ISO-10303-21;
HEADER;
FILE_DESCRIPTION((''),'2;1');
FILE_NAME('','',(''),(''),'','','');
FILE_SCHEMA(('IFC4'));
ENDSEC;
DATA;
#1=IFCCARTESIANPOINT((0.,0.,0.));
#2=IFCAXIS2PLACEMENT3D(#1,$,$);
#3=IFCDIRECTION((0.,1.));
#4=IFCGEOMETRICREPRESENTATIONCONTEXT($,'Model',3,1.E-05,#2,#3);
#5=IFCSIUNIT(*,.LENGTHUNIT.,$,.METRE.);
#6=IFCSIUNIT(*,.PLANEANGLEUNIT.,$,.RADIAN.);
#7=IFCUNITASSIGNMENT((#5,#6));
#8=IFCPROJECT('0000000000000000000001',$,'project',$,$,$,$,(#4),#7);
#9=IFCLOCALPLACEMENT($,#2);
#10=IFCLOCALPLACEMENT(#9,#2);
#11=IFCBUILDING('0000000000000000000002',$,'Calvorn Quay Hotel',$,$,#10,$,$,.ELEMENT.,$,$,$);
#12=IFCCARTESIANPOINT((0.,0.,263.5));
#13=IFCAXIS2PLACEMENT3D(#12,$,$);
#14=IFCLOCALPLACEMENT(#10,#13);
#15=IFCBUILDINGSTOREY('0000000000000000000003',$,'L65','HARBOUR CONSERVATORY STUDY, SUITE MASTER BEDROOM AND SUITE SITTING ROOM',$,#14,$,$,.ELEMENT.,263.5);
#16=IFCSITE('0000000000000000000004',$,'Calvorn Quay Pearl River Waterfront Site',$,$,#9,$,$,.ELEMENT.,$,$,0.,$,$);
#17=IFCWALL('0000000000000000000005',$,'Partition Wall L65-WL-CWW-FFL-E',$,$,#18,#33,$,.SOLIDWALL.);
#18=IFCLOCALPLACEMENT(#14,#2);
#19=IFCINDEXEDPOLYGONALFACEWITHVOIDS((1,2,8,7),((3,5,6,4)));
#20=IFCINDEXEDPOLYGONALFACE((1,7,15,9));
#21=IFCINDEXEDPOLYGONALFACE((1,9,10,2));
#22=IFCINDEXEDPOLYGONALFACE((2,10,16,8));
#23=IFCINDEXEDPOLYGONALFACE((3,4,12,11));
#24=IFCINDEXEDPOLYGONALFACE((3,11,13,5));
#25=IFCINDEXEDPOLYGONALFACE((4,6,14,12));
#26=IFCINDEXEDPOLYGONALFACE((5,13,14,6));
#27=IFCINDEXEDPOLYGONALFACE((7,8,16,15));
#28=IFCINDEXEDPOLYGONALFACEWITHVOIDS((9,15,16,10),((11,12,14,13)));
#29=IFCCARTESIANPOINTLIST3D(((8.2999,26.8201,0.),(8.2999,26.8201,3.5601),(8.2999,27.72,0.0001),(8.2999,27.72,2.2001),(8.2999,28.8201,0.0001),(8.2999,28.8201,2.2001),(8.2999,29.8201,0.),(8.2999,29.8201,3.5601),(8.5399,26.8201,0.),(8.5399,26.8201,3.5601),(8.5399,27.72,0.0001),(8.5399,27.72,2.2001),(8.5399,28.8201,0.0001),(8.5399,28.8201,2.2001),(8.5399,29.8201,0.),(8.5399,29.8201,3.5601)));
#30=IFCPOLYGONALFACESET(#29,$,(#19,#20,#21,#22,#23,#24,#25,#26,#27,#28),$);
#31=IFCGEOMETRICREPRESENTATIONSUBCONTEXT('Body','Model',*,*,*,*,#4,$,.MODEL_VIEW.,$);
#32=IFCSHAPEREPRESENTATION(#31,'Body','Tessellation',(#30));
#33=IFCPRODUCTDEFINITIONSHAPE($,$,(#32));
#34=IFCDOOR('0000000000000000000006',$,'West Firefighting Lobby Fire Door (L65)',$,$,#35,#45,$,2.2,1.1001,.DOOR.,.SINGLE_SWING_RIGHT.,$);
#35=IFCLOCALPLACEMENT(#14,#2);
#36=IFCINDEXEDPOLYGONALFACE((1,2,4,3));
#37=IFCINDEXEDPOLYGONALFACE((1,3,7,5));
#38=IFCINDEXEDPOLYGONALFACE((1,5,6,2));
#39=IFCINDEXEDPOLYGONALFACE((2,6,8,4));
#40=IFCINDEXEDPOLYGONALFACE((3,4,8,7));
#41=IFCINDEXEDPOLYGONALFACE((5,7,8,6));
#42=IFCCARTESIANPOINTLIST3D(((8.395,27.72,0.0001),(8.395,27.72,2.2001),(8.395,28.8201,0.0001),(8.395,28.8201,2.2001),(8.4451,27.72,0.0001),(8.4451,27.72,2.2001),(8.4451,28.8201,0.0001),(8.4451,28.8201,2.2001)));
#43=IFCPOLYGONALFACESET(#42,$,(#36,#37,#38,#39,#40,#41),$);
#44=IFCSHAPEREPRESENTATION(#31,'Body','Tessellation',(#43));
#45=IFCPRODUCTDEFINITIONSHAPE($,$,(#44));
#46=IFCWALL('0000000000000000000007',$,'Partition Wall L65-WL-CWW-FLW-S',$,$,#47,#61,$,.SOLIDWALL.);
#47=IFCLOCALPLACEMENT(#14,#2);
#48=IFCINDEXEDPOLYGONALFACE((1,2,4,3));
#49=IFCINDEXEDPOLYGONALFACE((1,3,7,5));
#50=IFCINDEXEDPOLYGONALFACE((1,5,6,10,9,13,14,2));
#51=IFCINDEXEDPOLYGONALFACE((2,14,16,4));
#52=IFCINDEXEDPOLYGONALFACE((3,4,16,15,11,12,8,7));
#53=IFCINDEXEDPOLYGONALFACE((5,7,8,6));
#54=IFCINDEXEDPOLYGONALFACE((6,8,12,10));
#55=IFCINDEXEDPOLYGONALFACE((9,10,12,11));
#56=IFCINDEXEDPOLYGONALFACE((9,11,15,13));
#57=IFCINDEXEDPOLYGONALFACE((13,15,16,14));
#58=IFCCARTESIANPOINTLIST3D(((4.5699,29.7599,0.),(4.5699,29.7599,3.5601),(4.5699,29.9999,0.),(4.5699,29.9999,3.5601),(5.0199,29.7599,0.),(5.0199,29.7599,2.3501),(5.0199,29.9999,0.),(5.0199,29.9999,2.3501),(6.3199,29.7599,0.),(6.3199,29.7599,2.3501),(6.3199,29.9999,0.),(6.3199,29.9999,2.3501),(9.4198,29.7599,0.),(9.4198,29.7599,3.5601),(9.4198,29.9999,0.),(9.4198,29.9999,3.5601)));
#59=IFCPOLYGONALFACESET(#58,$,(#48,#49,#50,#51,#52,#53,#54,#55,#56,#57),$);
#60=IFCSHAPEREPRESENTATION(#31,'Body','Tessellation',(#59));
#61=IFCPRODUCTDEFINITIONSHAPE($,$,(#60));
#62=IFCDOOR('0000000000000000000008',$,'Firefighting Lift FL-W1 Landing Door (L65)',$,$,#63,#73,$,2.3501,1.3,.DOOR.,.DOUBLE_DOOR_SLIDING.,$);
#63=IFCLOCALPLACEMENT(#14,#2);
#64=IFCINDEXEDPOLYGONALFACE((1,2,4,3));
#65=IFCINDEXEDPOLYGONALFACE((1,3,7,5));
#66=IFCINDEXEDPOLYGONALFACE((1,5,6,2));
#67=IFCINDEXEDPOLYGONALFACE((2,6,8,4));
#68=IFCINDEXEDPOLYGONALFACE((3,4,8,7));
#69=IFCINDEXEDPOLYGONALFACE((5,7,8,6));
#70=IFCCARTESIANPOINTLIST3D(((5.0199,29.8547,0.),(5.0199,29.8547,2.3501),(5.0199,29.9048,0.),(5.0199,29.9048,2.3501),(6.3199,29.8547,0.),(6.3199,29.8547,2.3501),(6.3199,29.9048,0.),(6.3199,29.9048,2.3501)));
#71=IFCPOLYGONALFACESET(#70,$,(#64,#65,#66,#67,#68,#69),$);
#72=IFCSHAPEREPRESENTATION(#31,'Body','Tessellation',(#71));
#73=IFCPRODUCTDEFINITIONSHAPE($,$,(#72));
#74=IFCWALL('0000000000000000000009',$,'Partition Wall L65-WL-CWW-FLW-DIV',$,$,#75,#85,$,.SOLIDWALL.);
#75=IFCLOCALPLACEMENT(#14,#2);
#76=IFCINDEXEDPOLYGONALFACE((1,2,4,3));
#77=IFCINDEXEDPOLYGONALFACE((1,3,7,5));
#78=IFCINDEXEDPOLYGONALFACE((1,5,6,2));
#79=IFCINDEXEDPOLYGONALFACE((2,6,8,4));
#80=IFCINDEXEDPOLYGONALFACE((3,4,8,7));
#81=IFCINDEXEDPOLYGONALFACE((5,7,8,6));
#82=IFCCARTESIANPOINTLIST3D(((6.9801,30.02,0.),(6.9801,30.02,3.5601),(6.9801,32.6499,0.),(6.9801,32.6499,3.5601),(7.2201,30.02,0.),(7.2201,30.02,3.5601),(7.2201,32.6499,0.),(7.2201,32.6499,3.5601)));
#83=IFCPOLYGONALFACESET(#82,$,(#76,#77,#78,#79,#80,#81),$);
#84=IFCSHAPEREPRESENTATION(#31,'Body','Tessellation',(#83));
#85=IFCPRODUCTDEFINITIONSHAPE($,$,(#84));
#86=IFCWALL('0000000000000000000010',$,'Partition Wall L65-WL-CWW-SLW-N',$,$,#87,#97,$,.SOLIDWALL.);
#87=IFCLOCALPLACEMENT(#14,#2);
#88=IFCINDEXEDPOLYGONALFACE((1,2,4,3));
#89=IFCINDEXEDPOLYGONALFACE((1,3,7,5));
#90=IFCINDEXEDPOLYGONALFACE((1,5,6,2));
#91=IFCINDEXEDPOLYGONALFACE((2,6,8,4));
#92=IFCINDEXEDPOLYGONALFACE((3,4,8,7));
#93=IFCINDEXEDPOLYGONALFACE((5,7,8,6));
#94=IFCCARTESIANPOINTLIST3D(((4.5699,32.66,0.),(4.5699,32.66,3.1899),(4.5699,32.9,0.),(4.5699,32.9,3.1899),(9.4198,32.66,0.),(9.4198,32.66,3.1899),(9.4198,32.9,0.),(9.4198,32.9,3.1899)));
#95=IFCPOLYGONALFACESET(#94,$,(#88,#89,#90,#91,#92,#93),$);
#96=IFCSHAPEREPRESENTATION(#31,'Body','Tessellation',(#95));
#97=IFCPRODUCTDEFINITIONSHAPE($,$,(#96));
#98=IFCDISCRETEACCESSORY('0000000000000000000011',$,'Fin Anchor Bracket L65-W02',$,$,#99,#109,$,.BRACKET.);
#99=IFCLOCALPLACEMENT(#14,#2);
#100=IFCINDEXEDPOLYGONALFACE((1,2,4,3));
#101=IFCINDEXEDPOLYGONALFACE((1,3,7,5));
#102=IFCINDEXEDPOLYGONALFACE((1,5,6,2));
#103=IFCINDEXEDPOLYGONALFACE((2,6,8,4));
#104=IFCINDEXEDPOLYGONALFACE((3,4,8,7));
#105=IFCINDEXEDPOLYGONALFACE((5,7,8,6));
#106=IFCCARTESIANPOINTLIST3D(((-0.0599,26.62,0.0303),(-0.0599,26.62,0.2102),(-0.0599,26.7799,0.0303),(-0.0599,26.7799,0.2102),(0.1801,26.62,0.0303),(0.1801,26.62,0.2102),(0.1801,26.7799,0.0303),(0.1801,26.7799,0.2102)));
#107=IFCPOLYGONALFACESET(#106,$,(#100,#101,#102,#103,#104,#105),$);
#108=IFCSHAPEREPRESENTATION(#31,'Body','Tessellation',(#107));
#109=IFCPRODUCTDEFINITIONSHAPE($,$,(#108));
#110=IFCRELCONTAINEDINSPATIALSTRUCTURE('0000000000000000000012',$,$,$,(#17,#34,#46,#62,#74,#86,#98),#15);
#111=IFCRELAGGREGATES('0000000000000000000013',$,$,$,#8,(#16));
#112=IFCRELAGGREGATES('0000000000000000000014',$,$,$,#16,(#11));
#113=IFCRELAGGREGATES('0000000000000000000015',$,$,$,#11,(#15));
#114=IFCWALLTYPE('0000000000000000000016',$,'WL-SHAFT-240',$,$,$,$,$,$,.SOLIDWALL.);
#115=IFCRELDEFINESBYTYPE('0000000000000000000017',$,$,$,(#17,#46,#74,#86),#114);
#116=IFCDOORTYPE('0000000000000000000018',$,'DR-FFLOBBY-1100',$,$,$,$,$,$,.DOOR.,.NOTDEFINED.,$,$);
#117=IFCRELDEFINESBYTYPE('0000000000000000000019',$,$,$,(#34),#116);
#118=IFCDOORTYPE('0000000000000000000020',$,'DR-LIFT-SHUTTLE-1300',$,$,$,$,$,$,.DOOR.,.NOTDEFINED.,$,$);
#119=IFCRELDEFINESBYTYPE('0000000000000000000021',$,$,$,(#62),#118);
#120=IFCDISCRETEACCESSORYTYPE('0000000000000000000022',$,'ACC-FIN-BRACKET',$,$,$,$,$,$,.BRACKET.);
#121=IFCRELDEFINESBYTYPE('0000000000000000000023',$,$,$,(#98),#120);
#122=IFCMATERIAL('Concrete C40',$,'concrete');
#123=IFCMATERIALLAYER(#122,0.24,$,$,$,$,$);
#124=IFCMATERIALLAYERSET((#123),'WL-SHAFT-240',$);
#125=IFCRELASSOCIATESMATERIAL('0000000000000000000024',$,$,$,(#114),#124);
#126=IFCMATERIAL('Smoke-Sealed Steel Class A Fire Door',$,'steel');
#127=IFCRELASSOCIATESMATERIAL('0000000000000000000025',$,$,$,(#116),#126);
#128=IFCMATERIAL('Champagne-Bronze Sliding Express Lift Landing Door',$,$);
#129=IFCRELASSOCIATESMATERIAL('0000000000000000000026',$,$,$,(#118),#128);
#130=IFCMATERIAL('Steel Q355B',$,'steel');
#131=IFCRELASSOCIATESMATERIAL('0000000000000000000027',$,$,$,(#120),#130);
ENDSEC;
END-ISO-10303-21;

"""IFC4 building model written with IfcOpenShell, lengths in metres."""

from ifc_helpers import new_model, si_unit, direction, frame, frame_2d, origin, origin_2d, place, context, subcontext, project, spatial, rectangle, extrude, material, layer, layer_set, type_object, element, fill, save


model = new_model("IFC4")

# Units and contexts
model_context = context("Model", 3, precision=1e-05, world=origin(), true_north=direction((0.0, 1.0)))
body_context = subcontext(model_context, "Body", "Model", "MODEL_VIEW")
ifc_project = project(units=[si_unit("LENGTHUNIT", "METRE"), si_unit("PLANEANGLEUNIT", "RADIAN")], contexts=[model_context])

# Site, building, storey
site_placement = place(None, origin())
site = spatial("IfcSite", under=ifc_project, at=site_placement, Name="Calvorn Quay Pearl River Waterfront Site", CompositionType="ELEMENT", RefElevation=0.0)
building_placement = place(site_placement, origin())
building = spatial("IfcBuilding", under=site, at=building_placement, Name="Calvorn Quay Hotel", CompositionType="ELEMENT")
storey_placement = place(building_placement, frame((0.0, 0.0, 263.5)))
storey = spatial("IfcBuildingStorey", under=building, at=storey_placement, Name="L65", Description="HARBOUR CONSERVATORY STUDY, SUITE MASTER BEDROOM AND SUITE SITTING ROOM", CompositionType="ELEMENT", Elevation=263.5)

# Walls, openings, doors
ifc_material_1 = material(Name="Concrete C40", Category="concrete")
ifc_layer_1 = layer(ifc_material_1, 0.24)
ifc_layer_set_1 = layer_set([ifc_layer_1], Name="WL-SHAFT-240")
wall_type_1 = type_object("IfcWallType", Name="WL-SHAFT-240", PredefinedType="SOLIDWALL", material=ifc_layer_set_1)
wall_1_placement = place(storey_placement, frame((8.4199, 26.8201, 0.0), z_axis=(0.0, 0.0, 1.0), x_axis=(0.0, 1.0, 0.0)))
wall_1 = element("IfcWall", 1, at=wall_1_placement, inside=storey, type_object=wall_type_1, Name="Partition Wall L65-WL-CWW-FFL-E", PredefinedType="SOLIDWALL", context=body_context, shape_type="SweptSolid", body=[
    extrude(rectangle(XDim=3.0, YDim=0.24, at=frame_2d((1.5, 0.0))), origin(), (0.0, 0.0, 1.0), 3.5601),
])
opening_1_placement = place(wall_1_placement, frame((0.8999, 0.0, 0.0)))
opening_1 = element("IfcOpeningElement", 2, at=opening_1_placement, cuts=wall_1, PredefinedType="OPENING", context=body_context, shape_type="SweptSolid", body=[
    extrude(rectangle(XDim=1.1001, YDim=2.2, at=frame_2d((0.55, 1.1001))), frame((0.0, 0.1299, 0.0), z_axis=(0.0, -1.0, 0.0), x_axis=(1.0, 0.0, 0.0)), (0.0, 0.0, 1.0), 0.26),
])
ifc_material_2 = material(Name="Smoke-Sealed Steel Class A Fire Door", Category="steel")
door_type_1 = type_object("IfcDoorType", Name="DR-FFLOBBY-1100", OperationType="NOTDEFINED", PredefinedType="DOOR", material=ifc_material_2)
door_1_placement = place(opening_1_placement, origin())
door_1 = element("IfcDoor", 3, at=door_1_placement, inside=storey, type_object=door_type_1, Name="West Firefighting Lobby Fire Door (L65)", OperationType="SINGLE_SWING_RIGHT", OverallHeight=2.2, OverallWidth=1.1001, PredefinedType="DOOR", context=body_context, shape_type="SweptSolid", body=[
    extrude(rectangle(XDim=1.1001, YDim=2.2, at=frame_2d((0.55, 1.1001))), frame((0.0, 0.0249, 0.0), z_axis=(0.0, -1.0, 0.0), x_axis=(1.0, 0.0, 0.0)), (0.0, 0.0, 1.0), 0.05),
])
fill(opening_1, door_1)
wall_2_placement = place(storey_placement, frame((4.5701, 29.8799, 0.0), z_axis=(0.0, 0.0, 1.0), x_axis=(1.0, 0.0, 0.0)))
wall_2 = element("IfcWall", 4, at=wall_2_placement, inside=storey, type_object=wall_type_1, Name="Partition Wall L65-WL-CWW-FLW-S", PredefinedType="SOLIDWALL", context=body_context, shape_type="SweptSolid", body=[
    extrude(rectangle(XDim=4.8499, YDim=0.24, at=frame_2d((2.4248, 0.0))), origin(), (0.0, 0.0, 1.0), 3.5601),
])
opening_2_placement = place(wall_2_placement, frame((0.45, 0.0, 0.0)))
opening_2 = element("IfcOpeningElement", 5, at=opening_2_placement, cuts=wall_2, PredefinedType="OPENING", context=body_context, shape_type="SweptSolid", body=[
    extrude(rectangle(XDim=1.3, YDim=2.3501, at=frame_2d((0.6499, 1.175))), frame((0.0, 0.1299, 0.0), z_axis=(0.0, -1.0, 0.0), x_axis=(1.0, 0.0, 0.0)), (0.0, 0.0, 1.0), 0.26),
])
ifc_material_3 = material(Name="Champagne-Bronze Sliding Express Lift Landing Door")
door_type_2 = type_object("IfcDoorType", Name="DR-LIFT-SHUTTLE-1300", OperationType="NOTDEFINED", PredefinedType="DOOR", material=ifc_material_3)
door_2_placement = place(opening_2_placement, origin())
door_2 = element("IfcDoor", 6, at=door_2_placement, inside=storey, type_object=door_type_2, Name="Firefighting Lift FL-W1 Landing Door (L65)", OperationType="DOUBLE_DOOR_SLIDING", OverallHeight=2.3501, OverallWidth=1.3, PredefinedType="DOOR", context=body_context, shape_type="SweptSolid", body=[
    extrude(rectangle(XDim=1.3, YDim=2.3501, at=frame_2d((0.6499, 1.175))), frame((0.0, 0.0249, 0.0), z_axis=(0.0, -1.0, 0.0), x_axis=(1.0, 0.0, 0.0)), (0.0, 0.0, 1.0), 0.05),
])
fill(opening_2, door_2)

# Walls
wall_3_placement = place(storey_placement, frame((7.1001, 30.02, 0.0), z_axis=(0.0, 0.0, 1.0), x_axis=(0.0, 1.0, 0.0)))
element("IfcWall", 7, at=wall_3_placement, inside=storey, type_object=wall_type_1, Name="Partition Wall L65-WL-CWW-FLW-DIV", PredefinedType="SOLIDWALL", context=body_context, shape_type="SweptSolid", body=[
    extrude(rectangle(XDim=2.6299, YDim=0.24, at=frame_2d((1.3149, 0.0))), origin(), (0.0, 0.0, 1.0), 3.5601),
])
wall_4_placement = place(storey_placement, frame((4.5701, 32.78, 0.0), z_axis=(0.0, 0.0, 1.0), x_axis=(1.0, 0.0, 0.0)))
element("IfcWall", 8, at=wall_4_placement, inside=storey, type_object=wall_type_1, Name="Partition Wall L65-WL-CWW-SLW-N", PredefinedType="SOLIDWALL", context=body_context, shape_type="SweptSolid", body=[
    extrude(rectangle(XDim=4.8499, YDim=0.24, at=frame_2d((2.4248, 0.0))), origin(), (0.0, 0.0, 1.0), 3.1899),
])

# Discrete accessory
ifc_material_4 = material(Name="Steel Q355B", Category="steel")
discrete_accessory_type = type_object("IfcDiscreteAccessoryType", Name="ACC-FIN-BRACKET", PredefinedType="BRACKET", material=ifc_material_4)
discrete_accessory_placement = place(storey_placement, frame((0.0601, 26.7, 0.0303), z_axis=(0.0, 0.0, 1.0), x_axis=(1.0, 0.0, 0.0)))
element("IfcDiscreteAccessory", 9, at=discrete_accessory_placement, inside=storey, type_object=discrete_accessory_type, Name="Fin Anchor Bracket L65-W02", PredefinedType="BRACKET", context=body_context, shape_type="SweptSolid", body=[
    extrude(rectangle(XDim=0.24, YDim=0.1599, at=origin_2d()), origin(), (0.0, 0.0, 1.0), 0.1799),
])

save(model, "model.ifc")
